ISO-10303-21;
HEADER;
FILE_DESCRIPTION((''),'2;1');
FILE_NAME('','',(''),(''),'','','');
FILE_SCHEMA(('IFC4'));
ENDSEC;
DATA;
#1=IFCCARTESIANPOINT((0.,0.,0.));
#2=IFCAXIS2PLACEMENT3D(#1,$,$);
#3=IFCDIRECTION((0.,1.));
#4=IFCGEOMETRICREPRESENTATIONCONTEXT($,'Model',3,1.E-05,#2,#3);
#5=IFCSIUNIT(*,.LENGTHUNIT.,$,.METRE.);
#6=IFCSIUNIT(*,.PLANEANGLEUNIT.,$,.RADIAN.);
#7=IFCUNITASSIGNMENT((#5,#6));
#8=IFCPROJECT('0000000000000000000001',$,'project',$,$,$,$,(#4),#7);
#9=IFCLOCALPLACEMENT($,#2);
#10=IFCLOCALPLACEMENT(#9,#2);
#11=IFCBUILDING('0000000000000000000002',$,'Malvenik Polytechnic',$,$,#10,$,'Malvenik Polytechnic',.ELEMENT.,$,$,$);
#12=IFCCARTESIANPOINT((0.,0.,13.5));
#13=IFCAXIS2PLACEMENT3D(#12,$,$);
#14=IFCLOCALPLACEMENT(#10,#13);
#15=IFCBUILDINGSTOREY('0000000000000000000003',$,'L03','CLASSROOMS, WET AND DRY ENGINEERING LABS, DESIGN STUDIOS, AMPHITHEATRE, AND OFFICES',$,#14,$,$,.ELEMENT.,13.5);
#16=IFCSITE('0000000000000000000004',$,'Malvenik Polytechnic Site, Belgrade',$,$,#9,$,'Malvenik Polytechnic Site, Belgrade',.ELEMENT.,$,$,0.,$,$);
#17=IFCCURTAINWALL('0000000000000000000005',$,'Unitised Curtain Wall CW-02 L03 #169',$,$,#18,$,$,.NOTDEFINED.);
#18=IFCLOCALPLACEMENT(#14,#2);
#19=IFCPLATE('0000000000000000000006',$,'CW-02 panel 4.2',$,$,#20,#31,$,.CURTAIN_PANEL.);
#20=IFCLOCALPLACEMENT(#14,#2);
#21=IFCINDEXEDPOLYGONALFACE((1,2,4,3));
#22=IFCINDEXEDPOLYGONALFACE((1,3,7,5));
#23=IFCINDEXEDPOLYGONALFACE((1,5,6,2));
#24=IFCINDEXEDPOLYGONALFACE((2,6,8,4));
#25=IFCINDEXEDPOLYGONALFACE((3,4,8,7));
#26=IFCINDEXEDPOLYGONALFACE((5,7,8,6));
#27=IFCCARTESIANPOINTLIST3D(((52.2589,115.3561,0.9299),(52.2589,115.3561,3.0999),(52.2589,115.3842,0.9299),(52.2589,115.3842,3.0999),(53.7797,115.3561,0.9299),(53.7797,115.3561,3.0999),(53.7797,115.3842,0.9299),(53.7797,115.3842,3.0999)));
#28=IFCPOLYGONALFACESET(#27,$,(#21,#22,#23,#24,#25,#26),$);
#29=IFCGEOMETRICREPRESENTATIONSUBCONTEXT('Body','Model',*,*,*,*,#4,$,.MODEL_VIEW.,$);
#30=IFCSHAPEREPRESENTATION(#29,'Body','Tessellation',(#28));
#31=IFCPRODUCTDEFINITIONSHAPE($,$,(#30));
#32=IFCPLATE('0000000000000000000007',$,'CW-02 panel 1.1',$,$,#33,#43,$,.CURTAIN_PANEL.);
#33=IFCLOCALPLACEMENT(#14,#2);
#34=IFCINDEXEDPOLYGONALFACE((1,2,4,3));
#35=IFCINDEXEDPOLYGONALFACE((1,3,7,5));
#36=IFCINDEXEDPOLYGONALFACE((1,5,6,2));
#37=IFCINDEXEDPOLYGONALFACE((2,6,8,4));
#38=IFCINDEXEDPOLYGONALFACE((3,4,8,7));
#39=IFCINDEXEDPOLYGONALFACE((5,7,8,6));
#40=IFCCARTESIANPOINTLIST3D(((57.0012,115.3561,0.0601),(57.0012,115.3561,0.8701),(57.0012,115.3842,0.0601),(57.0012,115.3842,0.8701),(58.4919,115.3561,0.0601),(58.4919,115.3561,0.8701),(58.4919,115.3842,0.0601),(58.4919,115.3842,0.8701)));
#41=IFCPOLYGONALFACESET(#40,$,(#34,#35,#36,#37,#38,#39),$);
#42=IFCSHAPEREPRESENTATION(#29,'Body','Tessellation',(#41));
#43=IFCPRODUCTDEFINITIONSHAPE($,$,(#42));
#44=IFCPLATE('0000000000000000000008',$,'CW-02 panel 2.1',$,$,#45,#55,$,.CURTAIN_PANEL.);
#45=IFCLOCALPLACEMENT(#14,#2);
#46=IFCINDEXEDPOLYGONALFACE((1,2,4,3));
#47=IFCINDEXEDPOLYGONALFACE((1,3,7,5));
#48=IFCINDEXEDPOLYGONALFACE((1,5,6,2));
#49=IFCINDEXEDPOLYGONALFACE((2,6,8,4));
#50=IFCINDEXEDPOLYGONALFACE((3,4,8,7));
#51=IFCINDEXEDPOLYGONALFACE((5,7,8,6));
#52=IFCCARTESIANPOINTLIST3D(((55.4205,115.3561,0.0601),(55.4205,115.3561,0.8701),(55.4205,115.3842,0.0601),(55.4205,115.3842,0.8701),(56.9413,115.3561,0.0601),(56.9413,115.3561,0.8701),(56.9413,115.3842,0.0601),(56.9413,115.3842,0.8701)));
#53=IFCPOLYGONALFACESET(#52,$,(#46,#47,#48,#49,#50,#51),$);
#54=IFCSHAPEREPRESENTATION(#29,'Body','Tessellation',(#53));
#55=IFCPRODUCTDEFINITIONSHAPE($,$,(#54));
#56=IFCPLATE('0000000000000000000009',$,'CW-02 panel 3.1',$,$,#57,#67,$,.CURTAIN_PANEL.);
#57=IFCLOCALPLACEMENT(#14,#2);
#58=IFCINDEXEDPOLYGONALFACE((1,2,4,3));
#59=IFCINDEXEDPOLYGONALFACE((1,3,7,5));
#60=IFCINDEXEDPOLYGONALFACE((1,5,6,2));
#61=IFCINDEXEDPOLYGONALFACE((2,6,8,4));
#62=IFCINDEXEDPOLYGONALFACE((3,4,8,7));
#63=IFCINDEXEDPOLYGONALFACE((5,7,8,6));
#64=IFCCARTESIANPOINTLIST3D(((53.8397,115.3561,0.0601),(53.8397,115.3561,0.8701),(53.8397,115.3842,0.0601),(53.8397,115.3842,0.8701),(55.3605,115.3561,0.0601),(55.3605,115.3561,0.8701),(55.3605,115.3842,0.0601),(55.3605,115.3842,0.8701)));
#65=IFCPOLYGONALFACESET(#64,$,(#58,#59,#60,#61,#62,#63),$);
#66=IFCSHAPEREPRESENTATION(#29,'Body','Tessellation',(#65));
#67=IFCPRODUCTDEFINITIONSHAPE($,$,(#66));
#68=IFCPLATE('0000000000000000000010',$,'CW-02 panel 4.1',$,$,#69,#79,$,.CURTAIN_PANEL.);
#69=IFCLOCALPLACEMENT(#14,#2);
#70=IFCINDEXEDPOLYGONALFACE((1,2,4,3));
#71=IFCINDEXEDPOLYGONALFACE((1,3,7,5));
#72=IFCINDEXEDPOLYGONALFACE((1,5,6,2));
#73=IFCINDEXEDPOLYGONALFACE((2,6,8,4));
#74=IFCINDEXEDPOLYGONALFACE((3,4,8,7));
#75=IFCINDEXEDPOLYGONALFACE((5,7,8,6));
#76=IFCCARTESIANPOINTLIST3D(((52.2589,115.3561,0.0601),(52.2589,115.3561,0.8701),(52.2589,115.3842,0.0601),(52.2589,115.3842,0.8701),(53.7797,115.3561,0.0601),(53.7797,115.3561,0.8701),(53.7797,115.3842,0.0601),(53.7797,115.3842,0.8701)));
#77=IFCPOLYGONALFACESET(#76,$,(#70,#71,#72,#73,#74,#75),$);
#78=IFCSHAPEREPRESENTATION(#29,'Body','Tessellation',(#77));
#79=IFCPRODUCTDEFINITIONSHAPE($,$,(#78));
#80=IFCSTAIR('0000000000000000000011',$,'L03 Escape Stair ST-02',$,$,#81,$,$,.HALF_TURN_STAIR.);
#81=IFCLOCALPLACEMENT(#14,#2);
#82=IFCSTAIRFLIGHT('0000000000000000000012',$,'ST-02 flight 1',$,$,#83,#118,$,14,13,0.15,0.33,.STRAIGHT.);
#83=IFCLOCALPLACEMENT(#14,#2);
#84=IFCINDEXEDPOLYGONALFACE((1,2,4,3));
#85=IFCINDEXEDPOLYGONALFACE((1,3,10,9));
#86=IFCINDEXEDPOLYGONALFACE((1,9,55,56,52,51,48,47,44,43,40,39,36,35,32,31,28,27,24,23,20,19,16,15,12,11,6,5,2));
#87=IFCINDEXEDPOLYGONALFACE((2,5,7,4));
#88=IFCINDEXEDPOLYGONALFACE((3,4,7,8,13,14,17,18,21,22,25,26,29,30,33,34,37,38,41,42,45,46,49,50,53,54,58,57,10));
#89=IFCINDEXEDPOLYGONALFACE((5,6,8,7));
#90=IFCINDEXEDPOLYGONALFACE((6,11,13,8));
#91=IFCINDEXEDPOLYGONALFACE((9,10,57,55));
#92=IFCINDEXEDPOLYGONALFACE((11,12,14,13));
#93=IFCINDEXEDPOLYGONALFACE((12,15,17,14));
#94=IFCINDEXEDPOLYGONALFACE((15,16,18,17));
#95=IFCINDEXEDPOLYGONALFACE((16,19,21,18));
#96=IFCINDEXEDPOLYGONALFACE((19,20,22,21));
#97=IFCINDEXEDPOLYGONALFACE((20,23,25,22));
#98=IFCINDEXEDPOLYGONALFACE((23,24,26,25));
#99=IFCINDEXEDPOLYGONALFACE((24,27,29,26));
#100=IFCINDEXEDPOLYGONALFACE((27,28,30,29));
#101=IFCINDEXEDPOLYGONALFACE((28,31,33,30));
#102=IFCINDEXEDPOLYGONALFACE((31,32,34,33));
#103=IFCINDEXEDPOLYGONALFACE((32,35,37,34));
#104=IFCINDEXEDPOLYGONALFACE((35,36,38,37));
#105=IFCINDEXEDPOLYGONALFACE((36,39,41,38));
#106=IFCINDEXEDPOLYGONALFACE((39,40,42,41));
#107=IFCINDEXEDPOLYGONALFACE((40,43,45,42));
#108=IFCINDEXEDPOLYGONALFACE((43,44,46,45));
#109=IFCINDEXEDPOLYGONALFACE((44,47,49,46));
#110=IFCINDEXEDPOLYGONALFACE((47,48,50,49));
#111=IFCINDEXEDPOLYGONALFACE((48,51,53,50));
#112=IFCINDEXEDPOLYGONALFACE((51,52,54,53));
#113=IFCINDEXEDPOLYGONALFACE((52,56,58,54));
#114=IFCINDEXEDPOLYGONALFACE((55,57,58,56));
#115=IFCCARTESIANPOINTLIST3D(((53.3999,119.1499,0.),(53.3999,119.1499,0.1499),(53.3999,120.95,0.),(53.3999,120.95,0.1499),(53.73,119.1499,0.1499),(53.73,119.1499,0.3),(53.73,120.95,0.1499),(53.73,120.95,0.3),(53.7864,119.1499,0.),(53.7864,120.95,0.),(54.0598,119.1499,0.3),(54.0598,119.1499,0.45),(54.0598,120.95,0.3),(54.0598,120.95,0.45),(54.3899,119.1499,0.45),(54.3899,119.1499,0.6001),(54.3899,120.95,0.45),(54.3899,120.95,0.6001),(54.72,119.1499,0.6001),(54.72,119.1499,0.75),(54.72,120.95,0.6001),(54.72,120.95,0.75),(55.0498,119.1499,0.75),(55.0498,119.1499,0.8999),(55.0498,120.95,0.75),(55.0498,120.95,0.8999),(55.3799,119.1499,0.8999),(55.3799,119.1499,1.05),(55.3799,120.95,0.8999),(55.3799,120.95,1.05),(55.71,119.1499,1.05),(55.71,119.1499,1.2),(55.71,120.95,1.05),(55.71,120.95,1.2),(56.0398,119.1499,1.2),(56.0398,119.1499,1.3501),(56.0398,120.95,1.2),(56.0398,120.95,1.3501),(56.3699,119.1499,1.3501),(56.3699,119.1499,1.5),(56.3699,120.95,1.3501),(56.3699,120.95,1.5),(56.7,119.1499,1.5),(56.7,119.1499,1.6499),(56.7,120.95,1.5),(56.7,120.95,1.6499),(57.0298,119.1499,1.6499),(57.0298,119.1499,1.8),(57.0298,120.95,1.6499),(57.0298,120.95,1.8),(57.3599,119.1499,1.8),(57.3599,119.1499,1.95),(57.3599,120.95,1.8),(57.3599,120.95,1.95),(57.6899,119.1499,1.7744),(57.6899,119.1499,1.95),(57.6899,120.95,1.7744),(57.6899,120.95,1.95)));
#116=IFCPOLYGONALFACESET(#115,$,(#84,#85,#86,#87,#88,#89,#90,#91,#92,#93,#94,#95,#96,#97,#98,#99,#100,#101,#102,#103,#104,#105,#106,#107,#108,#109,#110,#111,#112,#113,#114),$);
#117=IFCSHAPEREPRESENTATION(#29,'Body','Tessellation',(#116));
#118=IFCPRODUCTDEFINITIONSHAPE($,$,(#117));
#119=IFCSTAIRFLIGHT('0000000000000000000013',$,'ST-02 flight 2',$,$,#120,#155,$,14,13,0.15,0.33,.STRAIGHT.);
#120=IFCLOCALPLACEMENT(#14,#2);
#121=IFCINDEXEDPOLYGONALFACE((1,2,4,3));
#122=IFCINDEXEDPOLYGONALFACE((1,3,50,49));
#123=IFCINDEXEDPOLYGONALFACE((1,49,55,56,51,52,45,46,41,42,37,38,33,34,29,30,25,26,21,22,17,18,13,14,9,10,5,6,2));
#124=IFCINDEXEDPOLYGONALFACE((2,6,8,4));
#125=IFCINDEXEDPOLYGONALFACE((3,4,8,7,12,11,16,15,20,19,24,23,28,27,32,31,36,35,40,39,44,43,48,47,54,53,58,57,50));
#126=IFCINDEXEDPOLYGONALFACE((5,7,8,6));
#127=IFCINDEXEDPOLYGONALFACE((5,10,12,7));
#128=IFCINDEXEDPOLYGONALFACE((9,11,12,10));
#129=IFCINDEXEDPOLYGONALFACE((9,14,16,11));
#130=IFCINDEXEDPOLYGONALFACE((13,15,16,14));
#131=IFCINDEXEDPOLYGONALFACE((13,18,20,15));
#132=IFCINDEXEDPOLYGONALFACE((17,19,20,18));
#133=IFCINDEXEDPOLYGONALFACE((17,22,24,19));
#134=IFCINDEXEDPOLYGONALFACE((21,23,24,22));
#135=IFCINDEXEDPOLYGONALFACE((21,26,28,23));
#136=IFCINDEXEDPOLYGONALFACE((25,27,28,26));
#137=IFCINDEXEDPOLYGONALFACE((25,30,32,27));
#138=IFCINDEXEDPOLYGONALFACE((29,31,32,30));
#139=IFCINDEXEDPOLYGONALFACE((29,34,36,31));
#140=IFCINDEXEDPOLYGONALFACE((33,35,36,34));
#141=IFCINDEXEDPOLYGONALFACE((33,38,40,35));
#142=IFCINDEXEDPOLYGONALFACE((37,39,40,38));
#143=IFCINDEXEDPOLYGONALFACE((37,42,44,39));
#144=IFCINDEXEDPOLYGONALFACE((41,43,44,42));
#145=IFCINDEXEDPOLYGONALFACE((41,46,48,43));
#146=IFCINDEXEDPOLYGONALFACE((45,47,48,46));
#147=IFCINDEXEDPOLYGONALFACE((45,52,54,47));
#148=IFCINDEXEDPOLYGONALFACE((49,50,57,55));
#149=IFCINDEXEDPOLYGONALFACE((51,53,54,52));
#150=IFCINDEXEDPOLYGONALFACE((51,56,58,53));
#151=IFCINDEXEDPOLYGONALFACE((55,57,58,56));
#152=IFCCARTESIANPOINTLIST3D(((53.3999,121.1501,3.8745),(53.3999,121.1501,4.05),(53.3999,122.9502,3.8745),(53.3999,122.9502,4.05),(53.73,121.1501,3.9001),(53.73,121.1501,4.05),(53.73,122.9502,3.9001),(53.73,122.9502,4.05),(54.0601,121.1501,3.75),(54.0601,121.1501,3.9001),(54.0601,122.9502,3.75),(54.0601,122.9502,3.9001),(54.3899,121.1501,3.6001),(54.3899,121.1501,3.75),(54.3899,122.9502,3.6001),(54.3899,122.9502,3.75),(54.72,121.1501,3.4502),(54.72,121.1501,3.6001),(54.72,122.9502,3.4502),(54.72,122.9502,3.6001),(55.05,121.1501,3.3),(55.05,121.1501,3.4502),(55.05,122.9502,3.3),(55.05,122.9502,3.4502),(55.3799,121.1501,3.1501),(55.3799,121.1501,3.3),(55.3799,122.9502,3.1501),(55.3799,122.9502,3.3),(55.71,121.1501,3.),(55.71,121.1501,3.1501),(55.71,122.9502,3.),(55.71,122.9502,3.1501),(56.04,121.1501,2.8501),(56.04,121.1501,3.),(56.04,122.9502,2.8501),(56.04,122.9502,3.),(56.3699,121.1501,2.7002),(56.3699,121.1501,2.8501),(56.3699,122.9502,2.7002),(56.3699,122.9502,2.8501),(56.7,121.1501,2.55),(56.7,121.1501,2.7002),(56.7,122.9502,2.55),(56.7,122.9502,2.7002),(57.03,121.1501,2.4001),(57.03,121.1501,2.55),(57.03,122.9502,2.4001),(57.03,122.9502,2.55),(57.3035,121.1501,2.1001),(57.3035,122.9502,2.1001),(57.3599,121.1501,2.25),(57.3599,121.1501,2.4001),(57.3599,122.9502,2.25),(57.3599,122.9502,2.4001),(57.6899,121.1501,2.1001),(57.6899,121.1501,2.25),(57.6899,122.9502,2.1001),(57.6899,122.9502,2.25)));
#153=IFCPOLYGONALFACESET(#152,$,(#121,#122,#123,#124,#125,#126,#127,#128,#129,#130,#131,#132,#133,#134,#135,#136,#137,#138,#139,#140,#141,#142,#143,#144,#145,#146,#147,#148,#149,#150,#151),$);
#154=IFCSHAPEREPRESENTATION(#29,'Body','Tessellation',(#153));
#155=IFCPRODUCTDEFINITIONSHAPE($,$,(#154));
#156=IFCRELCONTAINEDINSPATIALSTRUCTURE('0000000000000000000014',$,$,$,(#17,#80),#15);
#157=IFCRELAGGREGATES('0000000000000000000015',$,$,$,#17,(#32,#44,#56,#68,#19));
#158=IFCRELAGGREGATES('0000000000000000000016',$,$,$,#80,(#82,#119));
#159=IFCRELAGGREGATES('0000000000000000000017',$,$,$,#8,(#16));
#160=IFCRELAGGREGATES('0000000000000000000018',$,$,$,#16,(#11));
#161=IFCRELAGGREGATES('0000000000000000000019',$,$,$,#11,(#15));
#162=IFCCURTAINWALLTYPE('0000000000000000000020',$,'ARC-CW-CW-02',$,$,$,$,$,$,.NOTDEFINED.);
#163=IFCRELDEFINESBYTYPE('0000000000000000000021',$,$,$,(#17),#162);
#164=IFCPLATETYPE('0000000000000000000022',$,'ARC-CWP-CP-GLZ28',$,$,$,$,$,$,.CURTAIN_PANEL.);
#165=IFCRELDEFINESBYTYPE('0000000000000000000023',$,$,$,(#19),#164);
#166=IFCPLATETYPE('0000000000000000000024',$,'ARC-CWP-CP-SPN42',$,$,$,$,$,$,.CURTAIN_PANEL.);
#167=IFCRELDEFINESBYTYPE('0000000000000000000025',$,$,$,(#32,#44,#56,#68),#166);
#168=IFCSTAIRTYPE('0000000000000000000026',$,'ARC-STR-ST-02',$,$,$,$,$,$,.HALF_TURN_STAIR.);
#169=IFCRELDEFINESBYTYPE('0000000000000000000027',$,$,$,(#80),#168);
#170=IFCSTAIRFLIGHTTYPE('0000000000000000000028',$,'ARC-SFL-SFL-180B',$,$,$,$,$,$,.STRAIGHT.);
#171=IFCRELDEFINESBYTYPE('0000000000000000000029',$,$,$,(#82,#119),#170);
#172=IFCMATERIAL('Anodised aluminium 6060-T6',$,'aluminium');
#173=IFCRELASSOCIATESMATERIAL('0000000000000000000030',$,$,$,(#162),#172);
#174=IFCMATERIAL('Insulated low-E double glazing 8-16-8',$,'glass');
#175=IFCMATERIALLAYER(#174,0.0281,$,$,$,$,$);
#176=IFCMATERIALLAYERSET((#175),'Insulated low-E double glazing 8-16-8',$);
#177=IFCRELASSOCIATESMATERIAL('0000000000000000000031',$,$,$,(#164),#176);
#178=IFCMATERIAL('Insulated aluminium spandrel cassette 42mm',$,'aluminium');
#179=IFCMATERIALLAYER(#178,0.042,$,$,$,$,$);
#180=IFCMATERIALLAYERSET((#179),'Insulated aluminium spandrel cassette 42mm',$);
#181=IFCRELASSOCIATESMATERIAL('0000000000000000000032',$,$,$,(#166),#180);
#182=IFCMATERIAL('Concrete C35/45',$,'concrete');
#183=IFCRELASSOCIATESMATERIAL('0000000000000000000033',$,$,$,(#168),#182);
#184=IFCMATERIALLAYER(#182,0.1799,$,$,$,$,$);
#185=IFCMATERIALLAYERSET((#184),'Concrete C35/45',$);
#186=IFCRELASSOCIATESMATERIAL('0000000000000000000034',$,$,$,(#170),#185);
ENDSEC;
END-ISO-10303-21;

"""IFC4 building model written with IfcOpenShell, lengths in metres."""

from ifc_helpers import new_model, si_unit, direction, frame, origin, origin_2d, place, context, subcontext, project, spatial, polyline, rectangle, outline, extrude, material, layer, layer_set, type_object, element, aggregate, save


model = new_model("IFC4")

# Units and contexts
model_context = context("Model", 3, precision=1e-05, world=origin(), true_north=direction((0.0, 1.0)))
body_context = subcontext(model_context, "Body", "Model", "MODEL_VIEW")
ifc_project = project(units=[si_unit("LENGTHUNIT", "METRE"), si_unit("PLANEANGLEUNIT", "RADIAN")], contexts=[model_context])

# Site, building, storey
site_placement = place(None, origin())
site = spatial("IfcSite", under=ifc_project, at=site_placement, Name="Malvenik Polytechnic Site, Belgrade", LongName="Malvenik Polytechnic Site, Belgrade", CompositionType="ELEMENT", RefElevation=0.0)
building_placement = place(site_placement, origin())
building = spatial("IfcBuilding", under=site, at=building_placement, Name="Malvenik Polytechnic", LongName="Malvenik Polytechnic", CompositionType="ELEMENT")
storey_placement = place(building_placement, frame((0.0, 0.0, 13.5)))
storey = spatial("IfcBuildingStorey", under=building, at=storey_placement, Name="L03", Description="CLASSROOMS, WET AND DRY ENGINEERING LABS, DESIGN STUDIOS, AMPHITHEATRE, AND OFFICES", CompositionType="ELEMENT", Elevation=13.5)

# Curtain wall, plates
ifc_material_1 = material(Name="Anodised aluminium 6060-T6", Category="aluminium")
curtain_wall_type = type_object("IfcCurtainWallType", Name="ARC-CW-CW-02", PredefinedType="NOTDEFINED", material=ifc_material_1)
curtain_wall_placement = place(storey_placement, origin())
curtain_wall = element("IfcCurtainWall", 1, at=curtain_wall_placement, inside=storey, type_object=curtain_wall_type, Name="Unitised Curtain Wall CW-02 L03 #169", PredefinedType="NOTDEFINED")
ifc_material_2 = material(Name="Insulated low-E double glazing 8-16-8", Category="glass")
ifc_layer_1 = layer(ifc_material_2, 0.0281)
ifc_layer_set_1 = layer_set([ifc_layer_1], Name="Insulated low-E double glazing 8-16-8")
plate_type_1 = type_object("IfcPlateType", Name="ARC-CWP-CP-GLZ28", PredefinedType="CURTAIN_PANEL", material=ifc_layer_set_1)
plate_1_placement = place(storey_placement, frame((53.0193, 115.3701, 0.9299), z_axis=(0.0, 0.0, 1.0), x_axis=(-1.0, 0.0, 0.0)))
plate_1 = element("IfcPlate", 2, at=plate_1_placement, type_object=plate_type_1, Name="CW-02 panel 4.2", PredefinedType="CURTAIN_PANEL", context=body_context, shape_type="SweptSolid", body=[
    extrude(rectangle(XDim=1.5208, YDim=0.0281, at=origin_2d()), origin(), (0.0, 0.0, 1.0), 2.1699),
])
ifc_material_3 = material(Name="Insulated aluminium spandrel cassette 42mm", Category="aluminium")
ifc_layer_2 = layer(ifc_material_3, 0.042)
ifc_layer_set_2 = layer_set([ifc_layer_2], Name="Insulated aluminium spandrel cassette 42mm")
plate_type_2 = type_object("IfcPlateType", Name="ARC-CWP-CP-SPN42", PredefinedType="CURTAIN_PANEL", material=ifc_layer_set_2)
plate_2_placement = place(storey_placement, frame((57.7466, 115.3701, 0.0601), z_axis=(0.0, 0.0, 1.0), x_axis=(-1.0, 0.0, 0.0)))
plate_2 = element("IfcPlate", 3, at=plate_2_placement, type_object=plate_type_2, Name="CW-02 panel 1.1", PredefinedType="CURTAIN_PANEL", context=body_context, shape_type="SweptSolid", body=[
    extrude(rectangle(XDim=1.4907, YDim=0.0281, at=origin_2d()), origin(), (0.0, 0.0, 1.0), 0.8101),
])
plate_3_placement = place(storey_placement, frame((56.1809, 115.3701, 0.0601), z_axis=(0.0, 0.0, 1.0), x_axis=(-1.0, 0.0, 0.0)))
plate_3 = element("IfcPlate", 4, at=plate_3_placement, type_object=plate_type_2, Name="CW-02 panel 2.1", PredefinedType="CURTAIN_PANEL", context=body_context, shape_type="SweptSolid", body=[
    extrude(rectangle(XDim=1.5208, YDim=0.0281, at=origin_2d()), origin(), (0.0, 0.0, 1.0), 0.8101),
])
plate_4_placement = place(storey_placement, frame((54.6001, 115.3701, 0.0601), z_axis=(0.0, 0.0, 1.0), x_axis=(-1.0, 0.0, 0.0)))
plate_4 = element("IfcPlate", 5, at=plate_4_placement, type_object=plate_type_2, Name="CW-02 panel 3.1", PredefinedType="CURTAIN_PANEL", context=body_context, shape_type="SweptSolid", body=[
    extrude(rectangle(XDim=1.5208, YDim=0.0281, at=origin_2d()), origin(), (0.0, 0.0, 1.0), 0.8101),
])
plate_5_placement = place(storey_placement, frame((53.0193, 115.3701, 0.0601), z_axis=(0.0, 0.0, 1.0), x_axis=(-1.0, 0.0, 0.0)))
plate_5 = element("IfcPlate", 6, at=plate_5_placement, type_object=plate_type_2, Name="CW-02 panel 4.1", PredefinedType="CURTAIN_PANEL", context=body_context, shape_type="SweptSolid", body=[
    extrude(rectangle(XDim=1.5208, YDim=0.0281, at=origin_2d()), origin(), (0.0, 0.0, 1.0), 0.8101),
])
aggregate(curtain_wall, [plate_2, plate_3, plate_4, plate_5, plate_1])

# Stair, stair flights
ifc_material_4 = material(Name="Concrete C35/45", Category="concrete")
stair_type = type_object("IfcStairType", Name="ARC-STR-ST-02", PredefinedType="HALF_TURN_STAIR", material=ifc_material_4)
stair_placement = place(storey_placement, origin())
stair = element("IfcStair", 7, at=stair_placement, inside=storey, type_object=stair_type, Name="L03 Escape Stair ST-02", PredefinedType="HALF_TURN_STAIR")
ifc_layer_3 = layer(ifc_material_4, 0.1799)
ifc_layer_set_3 = layer_set([ifc_layer_3], Name="Concrete C35/45")
stair_flight_type = type_object("IfcStairFlightType", Name="ARC-SFL-SFL-180B", PredefinedType="STRAIGHT", material=ifc_layer_set_3)
stair_flight_1_placement = place(storey_placement, frame((53.3999, 120.05, 0.0), z_axis=(0.0, 0.0, 1.0), x_axis=(1.0, 0.0, 0.0)))
stair_flight_1 = element("IfcStairFlight", 8, at=stair_flight_1_placement, type_object=stair_flight_type, Name="ST-02 flight 1", NumberOfRisers=14, NumberOfTreads=13, PredefinedType="STRAIGHT", RiserHeight=0.15, TreadLength=0.33, context=body_context, shape_type="SweptSolid", body=[
    extrude(outline(polyline([(0.0, 0.0), (0.0, 0.1499), (0.3301, 0.1499), (0.3301, 0.3), (0.6599, 0.3), (0.6599, 0.45), (0.99, 0.45), (0.99, 0.6001), (1.3201, 0.6001), (1.3201, 0.75), (1.6499, 0.75), (1.6499, 0.8999), (1.98, 0.8999), (1.98, 1.05), (2.3101, 1.05), (2.3101, 1.2), (2.6399, 1.2), (2.6399, 1.3501), (2.97, 1.3501), (2.97, 1.5), (3.3, 1.5), (3.3, 1.6499), (3.6299, 1.6499), (3.6299, 1.8), (3.96, 1.8), (3.96, 1.95), (4.29, 1.95), (4.29, 2.1001), (4.29, 1.7744), (0.3865, 0.0), (0.0, 0.0)])), frame((0.0, 0.8999, 0.0), z_axis=(0.0, -1.0, 0.0), x_axis=(1.0, 0.0, 0.0)), (0.0, 0.0, 1.0), 1.8),
])
stair_flight_2_placement = place(storey_placement, frame((57.6899, 122.05, 2.1001), z_axis=(0.0, 0.0, 1.0), x_axis=(-1.0, 0.0, 0.0)))
stair_flight_2 = element("IfcStairFlight", 9, at=stair_flight_2_placement, type_object=stair_flight_type, Name="ST-02 flight 2", NumberOfRisers=14, NumberOfTreads=13, PredefinedType="STRAIGHT", RiserHeight=0.15, TreadLength=0.33, context=body_context, shape_type="SweptSolid", body=[
    extrude(outline(polyline([(0.0, 0.0), (0.0, 0.1499), (0.3301, 0.1499), (0.3301, 0.3), (0.6599, 0.3), (0.6599, 0.45), (0.99, 0.45), (0.99, 0.6001), (1.3201, 0.6001), (1.3201, 0.75), (1.6499, 0.75), (1.6499, 0.8999), (1.98, 0.8999), (1.98, 1.05), (2.3101, 1.05), (2.3101, 1.2), (2.6399, 1.2), (2.6399, 1.3501), (2.97, 1.3501), (2.97, 1.5), (3.3, 1.5), (3.3, 1.6499), (3.6299, 1.6499), (3.6299, 1.8), (3.96, 1.8), (3.96, 1.95), (4.29, 1.95), (4.29, 2.1001), (4.29, 1.7744), (0.3865, 0.0), (0.0, 0.0)])), frame((0.0, 0.8999, 0.0), z_axis=(0.0, -1.0, 0.0), x_axis=(1.0, 0.0, 0.0)), (0.0, 0.0, 1.0), 1.8),
])
aggregate(stair, [stair_flight_1, stair_flight_2])

save(model, "model.ifc")
